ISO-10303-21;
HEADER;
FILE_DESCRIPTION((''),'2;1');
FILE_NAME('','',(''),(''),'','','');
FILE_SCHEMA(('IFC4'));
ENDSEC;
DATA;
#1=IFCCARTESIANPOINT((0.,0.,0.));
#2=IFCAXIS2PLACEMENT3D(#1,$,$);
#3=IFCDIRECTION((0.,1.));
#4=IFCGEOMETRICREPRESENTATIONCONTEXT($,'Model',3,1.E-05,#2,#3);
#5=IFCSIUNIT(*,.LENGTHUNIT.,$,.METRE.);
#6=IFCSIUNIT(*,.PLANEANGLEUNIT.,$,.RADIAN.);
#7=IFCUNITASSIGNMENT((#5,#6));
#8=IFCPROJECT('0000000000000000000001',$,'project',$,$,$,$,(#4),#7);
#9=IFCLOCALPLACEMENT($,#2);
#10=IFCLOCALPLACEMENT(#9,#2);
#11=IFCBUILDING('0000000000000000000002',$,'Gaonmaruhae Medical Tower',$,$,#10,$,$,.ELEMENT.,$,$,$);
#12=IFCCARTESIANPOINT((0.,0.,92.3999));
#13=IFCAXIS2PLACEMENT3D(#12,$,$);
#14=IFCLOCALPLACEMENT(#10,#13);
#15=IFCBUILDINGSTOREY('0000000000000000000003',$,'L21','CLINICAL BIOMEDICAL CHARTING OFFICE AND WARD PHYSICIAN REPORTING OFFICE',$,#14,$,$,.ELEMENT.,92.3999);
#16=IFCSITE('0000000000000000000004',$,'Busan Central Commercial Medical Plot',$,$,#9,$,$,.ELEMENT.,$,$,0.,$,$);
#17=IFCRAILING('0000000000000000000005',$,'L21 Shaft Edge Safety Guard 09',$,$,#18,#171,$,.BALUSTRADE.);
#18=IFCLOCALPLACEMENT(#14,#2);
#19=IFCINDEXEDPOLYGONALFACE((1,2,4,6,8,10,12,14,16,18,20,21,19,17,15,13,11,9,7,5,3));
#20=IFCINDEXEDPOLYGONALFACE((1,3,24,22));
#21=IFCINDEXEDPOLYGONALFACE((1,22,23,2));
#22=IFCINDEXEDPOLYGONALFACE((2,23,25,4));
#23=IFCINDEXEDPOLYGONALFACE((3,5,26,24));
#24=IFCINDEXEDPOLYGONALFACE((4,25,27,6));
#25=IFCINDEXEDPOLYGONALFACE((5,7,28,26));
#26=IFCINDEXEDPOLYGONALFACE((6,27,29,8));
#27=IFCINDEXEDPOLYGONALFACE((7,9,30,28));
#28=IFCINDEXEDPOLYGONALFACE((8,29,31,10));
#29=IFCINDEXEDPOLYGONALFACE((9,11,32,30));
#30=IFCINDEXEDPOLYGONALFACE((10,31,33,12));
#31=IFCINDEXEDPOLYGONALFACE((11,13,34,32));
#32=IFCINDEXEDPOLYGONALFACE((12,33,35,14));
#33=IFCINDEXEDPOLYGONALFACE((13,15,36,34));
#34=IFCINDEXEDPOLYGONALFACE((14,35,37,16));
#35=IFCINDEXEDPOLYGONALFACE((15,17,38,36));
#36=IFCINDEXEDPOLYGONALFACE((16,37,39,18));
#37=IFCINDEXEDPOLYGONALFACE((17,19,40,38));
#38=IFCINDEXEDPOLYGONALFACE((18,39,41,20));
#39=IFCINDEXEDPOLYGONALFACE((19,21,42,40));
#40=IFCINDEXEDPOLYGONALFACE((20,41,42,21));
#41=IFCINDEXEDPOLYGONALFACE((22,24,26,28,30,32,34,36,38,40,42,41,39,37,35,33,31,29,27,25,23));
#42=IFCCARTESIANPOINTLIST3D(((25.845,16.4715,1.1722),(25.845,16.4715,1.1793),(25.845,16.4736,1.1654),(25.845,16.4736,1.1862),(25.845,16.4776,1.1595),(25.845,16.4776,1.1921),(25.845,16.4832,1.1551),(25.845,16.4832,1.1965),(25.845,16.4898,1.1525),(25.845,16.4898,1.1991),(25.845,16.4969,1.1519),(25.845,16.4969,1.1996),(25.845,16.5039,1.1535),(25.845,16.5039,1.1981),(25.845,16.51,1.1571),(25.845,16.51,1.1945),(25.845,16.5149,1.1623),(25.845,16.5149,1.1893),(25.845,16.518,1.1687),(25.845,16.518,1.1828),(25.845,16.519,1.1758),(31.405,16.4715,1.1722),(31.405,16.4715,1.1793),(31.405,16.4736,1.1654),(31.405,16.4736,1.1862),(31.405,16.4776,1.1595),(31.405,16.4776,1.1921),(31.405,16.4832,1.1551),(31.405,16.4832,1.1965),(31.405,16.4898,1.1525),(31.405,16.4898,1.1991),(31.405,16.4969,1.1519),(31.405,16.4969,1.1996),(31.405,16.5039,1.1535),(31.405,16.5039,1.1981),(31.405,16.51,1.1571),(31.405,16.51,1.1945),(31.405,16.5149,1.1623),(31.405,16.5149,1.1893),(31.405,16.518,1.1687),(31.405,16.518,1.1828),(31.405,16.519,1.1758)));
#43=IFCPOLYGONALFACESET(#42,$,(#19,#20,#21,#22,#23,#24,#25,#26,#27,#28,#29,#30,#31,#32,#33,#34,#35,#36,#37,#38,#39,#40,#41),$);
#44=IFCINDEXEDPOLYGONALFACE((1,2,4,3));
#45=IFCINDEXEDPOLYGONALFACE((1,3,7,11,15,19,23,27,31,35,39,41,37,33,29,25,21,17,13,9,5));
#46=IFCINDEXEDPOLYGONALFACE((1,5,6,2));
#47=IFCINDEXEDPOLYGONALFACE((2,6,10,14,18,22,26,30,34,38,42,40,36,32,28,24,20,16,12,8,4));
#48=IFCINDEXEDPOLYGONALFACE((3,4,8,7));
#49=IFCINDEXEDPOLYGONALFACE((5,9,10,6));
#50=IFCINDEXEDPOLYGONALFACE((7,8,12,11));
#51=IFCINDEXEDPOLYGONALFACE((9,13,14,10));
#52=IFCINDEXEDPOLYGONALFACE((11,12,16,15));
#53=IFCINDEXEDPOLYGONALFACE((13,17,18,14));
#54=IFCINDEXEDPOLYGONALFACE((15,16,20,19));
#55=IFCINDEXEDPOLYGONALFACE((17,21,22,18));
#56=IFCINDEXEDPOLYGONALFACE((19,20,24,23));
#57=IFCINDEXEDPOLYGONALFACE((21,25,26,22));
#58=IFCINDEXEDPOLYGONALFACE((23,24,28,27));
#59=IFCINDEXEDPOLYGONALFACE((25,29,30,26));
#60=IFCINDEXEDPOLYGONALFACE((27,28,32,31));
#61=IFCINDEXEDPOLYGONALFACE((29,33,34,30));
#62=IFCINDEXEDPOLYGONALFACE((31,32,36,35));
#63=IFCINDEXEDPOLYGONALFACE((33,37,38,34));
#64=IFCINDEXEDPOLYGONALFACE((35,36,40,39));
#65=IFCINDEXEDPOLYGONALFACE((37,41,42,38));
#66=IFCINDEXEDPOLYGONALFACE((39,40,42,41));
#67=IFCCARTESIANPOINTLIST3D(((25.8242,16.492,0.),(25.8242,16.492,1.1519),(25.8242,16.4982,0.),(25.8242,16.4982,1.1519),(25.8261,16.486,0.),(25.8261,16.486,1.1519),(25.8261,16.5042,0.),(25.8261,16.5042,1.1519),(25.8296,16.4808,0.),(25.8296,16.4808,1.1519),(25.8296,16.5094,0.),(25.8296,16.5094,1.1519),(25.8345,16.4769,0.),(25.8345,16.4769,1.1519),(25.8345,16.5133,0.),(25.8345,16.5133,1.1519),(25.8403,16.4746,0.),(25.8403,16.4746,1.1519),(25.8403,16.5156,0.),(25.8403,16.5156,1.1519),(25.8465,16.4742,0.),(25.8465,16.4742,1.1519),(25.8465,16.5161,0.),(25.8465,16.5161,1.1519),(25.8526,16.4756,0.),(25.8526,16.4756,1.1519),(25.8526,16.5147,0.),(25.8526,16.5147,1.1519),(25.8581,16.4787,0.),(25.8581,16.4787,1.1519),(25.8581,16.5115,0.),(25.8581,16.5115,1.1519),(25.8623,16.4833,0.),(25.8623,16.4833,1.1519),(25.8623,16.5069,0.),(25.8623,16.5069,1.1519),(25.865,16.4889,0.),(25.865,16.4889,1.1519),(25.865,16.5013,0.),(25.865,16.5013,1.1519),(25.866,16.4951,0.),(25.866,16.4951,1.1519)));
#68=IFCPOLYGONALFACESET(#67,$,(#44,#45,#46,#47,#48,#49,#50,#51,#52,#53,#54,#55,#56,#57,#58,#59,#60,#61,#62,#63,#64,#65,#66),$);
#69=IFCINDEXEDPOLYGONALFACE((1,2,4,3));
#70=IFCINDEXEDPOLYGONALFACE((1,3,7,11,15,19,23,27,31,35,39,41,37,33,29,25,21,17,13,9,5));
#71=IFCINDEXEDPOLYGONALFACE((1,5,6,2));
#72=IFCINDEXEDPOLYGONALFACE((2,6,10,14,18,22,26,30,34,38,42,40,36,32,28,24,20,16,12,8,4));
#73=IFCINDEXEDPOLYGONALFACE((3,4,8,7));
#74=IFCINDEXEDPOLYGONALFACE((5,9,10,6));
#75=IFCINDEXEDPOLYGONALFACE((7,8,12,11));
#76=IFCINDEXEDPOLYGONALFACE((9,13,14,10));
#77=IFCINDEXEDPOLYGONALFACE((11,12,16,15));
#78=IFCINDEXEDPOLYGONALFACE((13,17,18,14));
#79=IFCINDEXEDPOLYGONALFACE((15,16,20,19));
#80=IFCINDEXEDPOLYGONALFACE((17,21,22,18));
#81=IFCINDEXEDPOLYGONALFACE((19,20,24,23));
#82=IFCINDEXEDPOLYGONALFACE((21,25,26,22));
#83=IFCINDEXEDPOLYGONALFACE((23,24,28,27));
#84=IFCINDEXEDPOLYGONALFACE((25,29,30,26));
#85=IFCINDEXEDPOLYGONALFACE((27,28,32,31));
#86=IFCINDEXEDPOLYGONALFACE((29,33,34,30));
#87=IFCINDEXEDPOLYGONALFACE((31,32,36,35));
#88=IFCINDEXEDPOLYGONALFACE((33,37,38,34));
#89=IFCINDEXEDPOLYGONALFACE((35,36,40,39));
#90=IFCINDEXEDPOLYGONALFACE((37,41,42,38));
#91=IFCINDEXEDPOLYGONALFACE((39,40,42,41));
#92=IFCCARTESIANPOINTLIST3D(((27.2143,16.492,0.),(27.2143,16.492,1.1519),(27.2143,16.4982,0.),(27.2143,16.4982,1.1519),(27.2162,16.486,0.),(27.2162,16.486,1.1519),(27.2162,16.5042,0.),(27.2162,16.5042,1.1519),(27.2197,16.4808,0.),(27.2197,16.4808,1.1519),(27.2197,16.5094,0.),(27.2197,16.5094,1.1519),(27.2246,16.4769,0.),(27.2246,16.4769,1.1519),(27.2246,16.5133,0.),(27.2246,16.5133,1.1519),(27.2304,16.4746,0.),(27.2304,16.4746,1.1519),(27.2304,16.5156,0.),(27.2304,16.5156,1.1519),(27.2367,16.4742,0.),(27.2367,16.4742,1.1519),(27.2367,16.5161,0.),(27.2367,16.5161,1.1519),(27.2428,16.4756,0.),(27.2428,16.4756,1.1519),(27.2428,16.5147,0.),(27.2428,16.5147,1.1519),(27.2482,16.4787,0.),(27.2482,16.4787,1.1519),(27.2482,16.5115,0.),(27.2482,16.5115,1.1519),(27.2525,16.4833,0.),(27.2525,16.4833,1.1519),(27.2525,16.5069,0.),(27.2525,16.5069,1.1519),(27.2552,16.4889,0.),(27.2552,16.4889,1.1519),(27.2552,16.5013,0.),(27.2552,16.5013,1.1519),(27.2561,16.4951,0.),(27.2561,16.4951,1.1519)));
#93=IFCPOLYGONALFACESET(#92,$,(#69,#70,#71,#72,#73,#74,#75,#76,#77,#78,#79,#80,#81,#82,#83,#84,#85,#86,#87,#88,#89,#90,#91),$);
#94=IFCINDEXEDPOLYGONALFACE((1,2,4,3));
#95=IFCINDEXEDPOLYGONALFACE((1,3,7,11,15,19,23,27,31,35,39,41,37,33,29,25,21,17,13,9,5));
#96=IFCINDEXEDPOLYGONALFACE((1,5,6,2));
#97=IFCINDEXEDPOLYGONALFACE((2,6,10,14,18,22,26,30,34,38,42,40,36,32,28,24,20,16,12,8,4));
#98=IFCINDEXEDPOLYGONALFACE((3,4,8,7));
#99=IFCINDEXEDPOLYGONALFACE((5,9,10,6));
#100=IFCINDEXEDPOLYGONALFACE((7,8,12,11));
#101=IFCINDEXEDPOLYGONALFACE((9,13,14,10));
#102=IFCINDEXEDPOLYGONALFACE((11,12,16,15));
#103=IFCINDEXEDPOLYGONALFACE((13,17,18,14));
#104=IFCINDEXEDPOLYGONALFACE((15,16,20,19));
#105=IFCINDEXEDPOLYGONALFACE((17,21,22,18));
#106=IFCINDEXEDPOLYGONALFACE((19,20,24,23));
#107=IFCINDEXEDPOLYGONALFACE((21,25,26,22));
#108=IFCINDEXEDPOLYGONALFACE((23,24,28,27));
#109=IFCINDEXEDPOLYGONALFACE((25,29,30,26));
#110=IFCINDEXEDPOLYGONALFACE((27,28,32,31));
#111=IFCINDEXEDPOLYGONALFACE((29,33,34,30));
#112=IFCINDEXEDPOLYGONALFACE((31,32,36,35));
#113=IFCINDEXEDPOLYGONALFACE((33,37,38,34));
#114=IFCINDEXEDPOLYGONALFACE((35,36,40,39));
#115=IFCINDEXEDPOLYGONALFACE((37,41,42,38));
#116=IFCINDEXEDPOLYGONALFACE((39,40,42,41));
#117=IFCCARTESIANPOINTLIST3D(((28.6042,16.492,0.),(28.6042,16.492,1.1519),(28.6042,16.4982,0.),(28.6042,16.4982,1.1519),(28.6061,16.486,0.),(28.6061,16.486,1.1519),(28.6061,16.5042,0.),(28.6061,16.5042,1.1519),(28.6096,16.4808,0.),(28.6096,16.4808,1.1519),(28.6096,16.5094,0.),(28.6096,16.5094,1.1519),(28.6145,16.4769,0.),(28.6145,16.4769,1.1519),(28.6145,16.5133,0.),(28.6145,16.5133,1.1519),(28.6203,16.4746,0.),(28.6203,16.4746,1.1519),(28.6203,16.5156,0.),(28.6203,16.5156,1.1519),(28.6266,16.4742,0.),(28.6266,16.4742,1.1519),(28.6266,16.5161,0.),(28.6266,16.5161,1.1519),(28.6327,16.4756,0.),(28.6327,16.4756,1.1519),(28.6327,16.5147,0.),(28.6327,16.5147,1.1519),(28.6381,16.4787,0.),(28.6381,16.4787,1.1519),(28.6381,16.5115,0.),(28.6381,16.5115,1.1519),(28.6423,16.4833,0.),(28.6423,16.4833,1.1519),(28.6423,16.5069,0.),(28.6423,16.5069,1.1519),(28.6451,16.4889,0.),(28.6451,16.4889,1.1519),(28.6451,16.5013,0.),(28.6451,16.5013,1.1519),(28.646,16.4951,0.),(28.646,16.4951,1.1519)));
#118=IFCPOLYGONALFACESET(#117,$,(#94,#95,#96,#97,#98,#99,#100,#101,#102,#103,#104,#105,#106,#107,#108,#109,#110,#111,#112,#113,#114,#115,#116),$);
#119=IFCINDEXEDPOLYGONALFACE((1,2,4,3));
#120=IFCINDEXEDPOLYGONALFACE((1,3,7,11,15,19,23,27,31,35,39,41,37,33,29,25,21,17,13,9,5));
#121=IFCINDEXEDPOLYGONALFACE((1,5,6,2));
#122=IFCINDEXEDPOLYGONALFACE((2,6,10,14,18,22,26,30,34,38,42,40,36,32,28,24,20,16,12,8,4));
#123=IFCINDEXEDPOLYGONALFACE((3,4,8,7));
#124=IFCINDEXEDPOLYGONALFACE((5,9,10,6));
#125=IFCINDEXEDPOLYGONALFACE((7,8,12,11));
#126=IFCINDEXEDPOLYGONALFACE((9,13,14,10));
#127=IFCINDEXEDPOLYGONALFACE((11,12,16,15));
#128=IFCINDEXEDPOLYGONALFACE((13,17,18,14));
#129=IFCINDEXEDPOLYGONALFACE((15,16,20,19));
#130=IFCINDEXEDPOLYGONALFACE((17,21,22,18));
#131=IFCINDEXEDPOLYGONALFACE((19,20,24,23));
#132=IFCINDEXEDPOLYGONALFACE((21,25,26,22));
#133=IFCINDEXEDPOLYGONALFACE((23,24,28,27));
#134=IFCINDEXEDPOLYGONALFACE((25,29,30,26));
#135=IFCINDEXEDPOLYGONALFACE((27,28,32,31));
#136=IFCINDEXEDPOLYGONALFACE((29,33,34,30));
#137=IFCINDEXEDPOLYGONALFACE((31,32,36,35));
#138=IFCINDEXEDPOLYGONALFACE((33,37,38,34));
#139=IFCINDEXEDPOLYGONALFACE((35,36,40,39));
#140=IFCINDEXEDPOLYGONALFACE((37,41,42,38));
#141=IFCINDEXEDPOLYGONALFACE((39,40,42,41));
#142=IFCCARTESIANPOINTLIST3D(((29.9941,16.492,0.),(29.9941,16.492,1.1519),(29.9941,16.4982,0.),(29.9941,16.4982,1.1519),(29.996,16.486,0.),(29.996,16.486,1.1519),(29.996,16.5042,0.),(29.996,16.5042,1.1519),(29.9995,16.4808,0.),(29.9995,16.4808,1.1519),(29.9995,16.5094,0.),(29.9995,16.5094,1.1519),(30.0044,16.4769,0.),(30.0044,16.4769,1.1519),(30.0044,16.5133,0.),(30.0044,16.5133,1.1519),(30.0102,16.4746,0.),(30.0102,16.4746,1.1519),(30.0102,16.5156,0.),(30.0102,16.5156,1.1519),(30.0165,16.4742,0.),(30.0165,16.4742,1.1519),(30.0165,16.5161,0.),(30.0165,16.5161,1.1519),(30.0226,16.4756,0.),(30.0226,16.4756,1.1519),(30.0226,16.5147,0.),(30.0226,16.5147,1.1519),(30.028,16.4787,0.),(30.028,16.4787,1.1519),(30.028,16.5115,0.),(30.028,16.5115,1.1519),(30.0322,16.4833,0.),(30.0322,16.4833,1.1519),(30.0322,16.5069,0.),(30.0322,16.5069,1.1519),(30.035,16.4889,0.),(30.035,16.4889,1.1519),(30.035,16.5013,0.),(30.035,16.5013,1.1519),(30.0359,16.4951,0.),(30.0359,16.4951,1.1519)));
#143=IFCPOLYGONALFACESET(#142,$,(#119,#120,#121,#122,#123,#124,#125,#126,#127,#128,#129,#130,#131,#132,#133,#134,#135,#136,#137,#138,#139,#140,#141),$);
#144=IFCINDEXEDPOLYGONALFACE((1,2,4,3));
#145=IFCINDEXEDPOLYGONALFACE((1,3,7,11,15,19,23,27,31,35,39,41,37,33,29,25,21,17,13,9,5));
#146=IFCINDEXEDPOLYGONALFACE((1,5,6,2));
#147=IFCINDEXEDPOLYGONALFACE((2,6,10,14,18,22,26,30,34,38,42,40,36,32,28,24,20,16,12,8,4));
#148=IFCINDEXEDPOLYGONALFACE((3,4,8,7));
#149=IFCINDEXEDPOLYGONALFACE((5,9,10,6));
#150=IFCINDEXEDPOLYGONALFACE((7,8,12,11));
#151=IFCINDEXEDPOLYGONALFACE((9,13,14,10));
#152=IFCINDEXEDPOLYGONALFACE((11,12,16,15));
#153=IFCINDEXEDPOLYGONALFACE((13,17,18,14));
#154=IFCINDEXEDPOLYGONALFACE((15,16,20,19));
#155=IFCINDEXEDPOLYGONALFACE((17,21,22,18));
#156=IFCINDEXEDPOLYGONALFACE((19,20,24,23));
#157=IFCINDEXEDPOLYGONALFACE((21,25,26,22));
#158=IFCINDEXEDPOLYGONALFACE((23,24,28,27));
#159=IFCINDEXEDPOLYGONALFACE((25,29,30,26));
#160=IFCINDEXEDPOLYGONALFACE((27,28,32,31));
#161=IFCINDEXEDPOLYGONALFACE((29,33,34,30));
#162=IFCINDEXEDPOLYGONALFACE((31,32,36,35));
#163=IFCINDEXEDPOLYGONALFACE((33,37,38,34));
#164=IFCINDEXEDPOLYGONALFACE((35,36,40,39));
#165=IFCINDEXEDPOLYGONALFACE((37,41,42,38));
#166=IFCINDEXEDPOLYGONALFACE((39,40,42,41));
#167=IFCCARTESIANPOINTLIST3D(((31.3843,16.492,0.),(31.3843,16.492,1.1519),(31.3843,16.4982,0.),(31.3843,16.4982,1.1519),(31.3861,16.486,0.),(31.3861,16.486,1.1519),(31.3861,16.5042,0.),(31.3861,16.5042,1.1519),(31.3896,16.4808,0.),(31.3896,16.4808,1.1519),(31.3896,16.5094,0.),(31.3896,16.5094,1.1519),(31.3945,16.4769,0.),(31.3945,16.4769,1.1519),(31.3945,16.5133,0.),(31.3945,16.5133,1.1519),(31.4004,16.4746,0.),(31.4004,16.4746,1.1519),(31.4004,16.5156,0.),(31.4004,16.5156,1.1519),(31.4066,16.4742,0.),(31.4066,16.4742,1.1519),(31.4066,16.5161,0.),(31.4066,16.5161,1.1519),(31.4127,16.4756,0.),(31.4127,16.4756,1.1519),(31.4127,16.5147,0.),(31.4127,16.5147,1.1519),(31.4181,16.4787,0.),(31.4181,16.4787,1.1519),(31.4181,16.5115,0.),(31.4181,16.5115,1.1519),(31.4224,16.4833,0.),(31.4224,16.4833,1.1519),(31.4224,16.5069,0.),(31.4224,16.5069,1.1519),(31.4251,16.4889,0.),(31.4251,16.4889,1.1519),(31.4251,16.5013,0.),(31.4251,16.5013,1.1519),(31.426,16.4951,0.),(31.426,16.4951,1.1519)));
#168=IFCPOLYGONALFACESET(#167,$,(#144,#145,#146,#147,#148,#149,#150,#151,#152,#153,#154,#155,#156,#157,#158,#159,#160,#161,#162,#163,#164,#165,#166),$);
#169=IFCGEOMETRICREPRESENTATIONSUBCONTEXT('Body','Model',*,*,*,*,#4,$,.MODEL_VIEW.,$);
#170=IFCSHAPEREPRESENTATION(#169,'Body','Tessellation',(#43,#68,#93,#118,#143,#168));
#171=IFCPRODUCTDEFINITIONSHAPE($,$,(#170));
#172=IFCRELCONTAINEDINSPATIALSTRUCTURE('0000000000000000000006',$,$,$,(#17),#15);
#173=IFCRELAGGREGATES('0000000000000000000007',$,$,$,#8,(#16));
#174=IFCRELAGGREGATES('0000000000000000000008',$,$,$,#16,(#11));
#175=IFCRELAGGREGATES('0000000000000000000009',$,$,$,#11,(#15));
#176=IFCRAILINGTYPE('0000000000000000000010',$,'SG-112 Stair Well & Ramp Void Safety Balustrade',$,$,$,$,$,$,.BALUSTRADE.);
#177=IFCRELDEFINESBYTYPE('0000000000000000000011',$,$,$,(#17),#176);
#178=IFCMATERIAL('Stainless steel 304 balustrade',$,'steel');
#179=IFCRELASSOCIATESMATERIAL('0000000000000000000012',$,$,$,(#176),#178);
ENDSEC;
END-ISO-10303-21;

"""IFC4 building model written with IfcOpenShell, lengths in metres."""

from ifc_helpers import new_model, si_unit, direction, frame, origin, origin_2d, place, context, subcontext, project, spatial, circle, extrude, material, type_object, element, save


model = new_model("IFC4")

# Units and contexts
model_context = context("Model", 3, precision=1e-05, world=origin(), true_north=direction((0.0, 1.0)))
body_context = subcontext(model_context, "Body", "Model", "MODEL_VIEW")
ifc_project = project(units=[si_unit("LENGTHUNIT", "METRE"), si_unit("PLANEANGLEUNIT", "RADIAN")], contexts=[model_context])

# Site, building, storey
site_placement = place(None, origin())
site = spatial("IfcSite", under=ifc_project, at=site_placement, Name="Busan Central Commercial Medical Plot", CompositionType="ELEMENT", RefElevation=0.0)
building_placement = place(site_placement, origin())
building = spatial("IfcBuilding", under=site, at=building_placement, Name="Gaonmaruhae Medical Tower", CompositionType="ELEMENT")
storey_placement = place(building_placement, frame((0.0, 0.0, 92.3999)))
storey = spatial("IfcBuildingStorey", under=building, at=storey_placement, Name="L21", Description="CLINICAL BIOMEDICAL CHARTING OFFICE AND WARD PHYSICIAN REPORTING OFFICE", CompositionType="ELEMENT", Elevation=92.3999)

# Railing
ifc_material_1 = material(Name="Stainless steel 304 balustrade", Category="steel")
railing_type_1 = type_object("IfcRailingType", Name="SG-112 Stair Well & Ramp Void Safety Balustrade", PredefinedType="BALUSTRADE", material=ifc_material_1)
railing_1_placement = place(storey_placement, frame((25.845, 16.4951, 0.0)))
element("IfcRailing", 1, at=railing_1_placement, inside=storey, type_object=railing_type_1, Name="L21 Shaft Edge Safety Guard 09", PredefinedType="BALUSTRADE", context=body_context, shape_type="SweptSolid", body=[
    extrude(circle(Radius=0.0239, at=origin_2d()), frame((0.0, 0.0, 1.1758), z_axis=(1.0, 0.0, 0.0), x_axis=(0.0, 1.0, 0.0)), (0.0, 0.0, 1.0), 5.5601),
    extrude(circle(Radius=0.021, at=origin_2d()), origin(), (0.0, 0.0, 1.0), 1.1519),
    extrude(circle(Radius=0.021, at=origin_2d()), frame((1.3901, 0.0, 0.0)), (0.0, 0.0, 1.0), 1.1519),
    extrude(circle(Radius=0.021, at=origin_2d()), frame((2.78, 0.0, 0.0)), (0.0, 0.0, 1.0), 1.1519),
    extrude(circle(Radius=0.021, at=origin_2d()), frame((4.1699, 0.0, 0.0)), (0.0, 0.0, 1.0), 1.1519),
    extrude(circle(Radius=0.021, at=origin_2d()), frame((5.5601, 0.0, 0.0)), (0.0, 0.0, 1.0), 1.1519),
])

save(model, "model.ifc")
